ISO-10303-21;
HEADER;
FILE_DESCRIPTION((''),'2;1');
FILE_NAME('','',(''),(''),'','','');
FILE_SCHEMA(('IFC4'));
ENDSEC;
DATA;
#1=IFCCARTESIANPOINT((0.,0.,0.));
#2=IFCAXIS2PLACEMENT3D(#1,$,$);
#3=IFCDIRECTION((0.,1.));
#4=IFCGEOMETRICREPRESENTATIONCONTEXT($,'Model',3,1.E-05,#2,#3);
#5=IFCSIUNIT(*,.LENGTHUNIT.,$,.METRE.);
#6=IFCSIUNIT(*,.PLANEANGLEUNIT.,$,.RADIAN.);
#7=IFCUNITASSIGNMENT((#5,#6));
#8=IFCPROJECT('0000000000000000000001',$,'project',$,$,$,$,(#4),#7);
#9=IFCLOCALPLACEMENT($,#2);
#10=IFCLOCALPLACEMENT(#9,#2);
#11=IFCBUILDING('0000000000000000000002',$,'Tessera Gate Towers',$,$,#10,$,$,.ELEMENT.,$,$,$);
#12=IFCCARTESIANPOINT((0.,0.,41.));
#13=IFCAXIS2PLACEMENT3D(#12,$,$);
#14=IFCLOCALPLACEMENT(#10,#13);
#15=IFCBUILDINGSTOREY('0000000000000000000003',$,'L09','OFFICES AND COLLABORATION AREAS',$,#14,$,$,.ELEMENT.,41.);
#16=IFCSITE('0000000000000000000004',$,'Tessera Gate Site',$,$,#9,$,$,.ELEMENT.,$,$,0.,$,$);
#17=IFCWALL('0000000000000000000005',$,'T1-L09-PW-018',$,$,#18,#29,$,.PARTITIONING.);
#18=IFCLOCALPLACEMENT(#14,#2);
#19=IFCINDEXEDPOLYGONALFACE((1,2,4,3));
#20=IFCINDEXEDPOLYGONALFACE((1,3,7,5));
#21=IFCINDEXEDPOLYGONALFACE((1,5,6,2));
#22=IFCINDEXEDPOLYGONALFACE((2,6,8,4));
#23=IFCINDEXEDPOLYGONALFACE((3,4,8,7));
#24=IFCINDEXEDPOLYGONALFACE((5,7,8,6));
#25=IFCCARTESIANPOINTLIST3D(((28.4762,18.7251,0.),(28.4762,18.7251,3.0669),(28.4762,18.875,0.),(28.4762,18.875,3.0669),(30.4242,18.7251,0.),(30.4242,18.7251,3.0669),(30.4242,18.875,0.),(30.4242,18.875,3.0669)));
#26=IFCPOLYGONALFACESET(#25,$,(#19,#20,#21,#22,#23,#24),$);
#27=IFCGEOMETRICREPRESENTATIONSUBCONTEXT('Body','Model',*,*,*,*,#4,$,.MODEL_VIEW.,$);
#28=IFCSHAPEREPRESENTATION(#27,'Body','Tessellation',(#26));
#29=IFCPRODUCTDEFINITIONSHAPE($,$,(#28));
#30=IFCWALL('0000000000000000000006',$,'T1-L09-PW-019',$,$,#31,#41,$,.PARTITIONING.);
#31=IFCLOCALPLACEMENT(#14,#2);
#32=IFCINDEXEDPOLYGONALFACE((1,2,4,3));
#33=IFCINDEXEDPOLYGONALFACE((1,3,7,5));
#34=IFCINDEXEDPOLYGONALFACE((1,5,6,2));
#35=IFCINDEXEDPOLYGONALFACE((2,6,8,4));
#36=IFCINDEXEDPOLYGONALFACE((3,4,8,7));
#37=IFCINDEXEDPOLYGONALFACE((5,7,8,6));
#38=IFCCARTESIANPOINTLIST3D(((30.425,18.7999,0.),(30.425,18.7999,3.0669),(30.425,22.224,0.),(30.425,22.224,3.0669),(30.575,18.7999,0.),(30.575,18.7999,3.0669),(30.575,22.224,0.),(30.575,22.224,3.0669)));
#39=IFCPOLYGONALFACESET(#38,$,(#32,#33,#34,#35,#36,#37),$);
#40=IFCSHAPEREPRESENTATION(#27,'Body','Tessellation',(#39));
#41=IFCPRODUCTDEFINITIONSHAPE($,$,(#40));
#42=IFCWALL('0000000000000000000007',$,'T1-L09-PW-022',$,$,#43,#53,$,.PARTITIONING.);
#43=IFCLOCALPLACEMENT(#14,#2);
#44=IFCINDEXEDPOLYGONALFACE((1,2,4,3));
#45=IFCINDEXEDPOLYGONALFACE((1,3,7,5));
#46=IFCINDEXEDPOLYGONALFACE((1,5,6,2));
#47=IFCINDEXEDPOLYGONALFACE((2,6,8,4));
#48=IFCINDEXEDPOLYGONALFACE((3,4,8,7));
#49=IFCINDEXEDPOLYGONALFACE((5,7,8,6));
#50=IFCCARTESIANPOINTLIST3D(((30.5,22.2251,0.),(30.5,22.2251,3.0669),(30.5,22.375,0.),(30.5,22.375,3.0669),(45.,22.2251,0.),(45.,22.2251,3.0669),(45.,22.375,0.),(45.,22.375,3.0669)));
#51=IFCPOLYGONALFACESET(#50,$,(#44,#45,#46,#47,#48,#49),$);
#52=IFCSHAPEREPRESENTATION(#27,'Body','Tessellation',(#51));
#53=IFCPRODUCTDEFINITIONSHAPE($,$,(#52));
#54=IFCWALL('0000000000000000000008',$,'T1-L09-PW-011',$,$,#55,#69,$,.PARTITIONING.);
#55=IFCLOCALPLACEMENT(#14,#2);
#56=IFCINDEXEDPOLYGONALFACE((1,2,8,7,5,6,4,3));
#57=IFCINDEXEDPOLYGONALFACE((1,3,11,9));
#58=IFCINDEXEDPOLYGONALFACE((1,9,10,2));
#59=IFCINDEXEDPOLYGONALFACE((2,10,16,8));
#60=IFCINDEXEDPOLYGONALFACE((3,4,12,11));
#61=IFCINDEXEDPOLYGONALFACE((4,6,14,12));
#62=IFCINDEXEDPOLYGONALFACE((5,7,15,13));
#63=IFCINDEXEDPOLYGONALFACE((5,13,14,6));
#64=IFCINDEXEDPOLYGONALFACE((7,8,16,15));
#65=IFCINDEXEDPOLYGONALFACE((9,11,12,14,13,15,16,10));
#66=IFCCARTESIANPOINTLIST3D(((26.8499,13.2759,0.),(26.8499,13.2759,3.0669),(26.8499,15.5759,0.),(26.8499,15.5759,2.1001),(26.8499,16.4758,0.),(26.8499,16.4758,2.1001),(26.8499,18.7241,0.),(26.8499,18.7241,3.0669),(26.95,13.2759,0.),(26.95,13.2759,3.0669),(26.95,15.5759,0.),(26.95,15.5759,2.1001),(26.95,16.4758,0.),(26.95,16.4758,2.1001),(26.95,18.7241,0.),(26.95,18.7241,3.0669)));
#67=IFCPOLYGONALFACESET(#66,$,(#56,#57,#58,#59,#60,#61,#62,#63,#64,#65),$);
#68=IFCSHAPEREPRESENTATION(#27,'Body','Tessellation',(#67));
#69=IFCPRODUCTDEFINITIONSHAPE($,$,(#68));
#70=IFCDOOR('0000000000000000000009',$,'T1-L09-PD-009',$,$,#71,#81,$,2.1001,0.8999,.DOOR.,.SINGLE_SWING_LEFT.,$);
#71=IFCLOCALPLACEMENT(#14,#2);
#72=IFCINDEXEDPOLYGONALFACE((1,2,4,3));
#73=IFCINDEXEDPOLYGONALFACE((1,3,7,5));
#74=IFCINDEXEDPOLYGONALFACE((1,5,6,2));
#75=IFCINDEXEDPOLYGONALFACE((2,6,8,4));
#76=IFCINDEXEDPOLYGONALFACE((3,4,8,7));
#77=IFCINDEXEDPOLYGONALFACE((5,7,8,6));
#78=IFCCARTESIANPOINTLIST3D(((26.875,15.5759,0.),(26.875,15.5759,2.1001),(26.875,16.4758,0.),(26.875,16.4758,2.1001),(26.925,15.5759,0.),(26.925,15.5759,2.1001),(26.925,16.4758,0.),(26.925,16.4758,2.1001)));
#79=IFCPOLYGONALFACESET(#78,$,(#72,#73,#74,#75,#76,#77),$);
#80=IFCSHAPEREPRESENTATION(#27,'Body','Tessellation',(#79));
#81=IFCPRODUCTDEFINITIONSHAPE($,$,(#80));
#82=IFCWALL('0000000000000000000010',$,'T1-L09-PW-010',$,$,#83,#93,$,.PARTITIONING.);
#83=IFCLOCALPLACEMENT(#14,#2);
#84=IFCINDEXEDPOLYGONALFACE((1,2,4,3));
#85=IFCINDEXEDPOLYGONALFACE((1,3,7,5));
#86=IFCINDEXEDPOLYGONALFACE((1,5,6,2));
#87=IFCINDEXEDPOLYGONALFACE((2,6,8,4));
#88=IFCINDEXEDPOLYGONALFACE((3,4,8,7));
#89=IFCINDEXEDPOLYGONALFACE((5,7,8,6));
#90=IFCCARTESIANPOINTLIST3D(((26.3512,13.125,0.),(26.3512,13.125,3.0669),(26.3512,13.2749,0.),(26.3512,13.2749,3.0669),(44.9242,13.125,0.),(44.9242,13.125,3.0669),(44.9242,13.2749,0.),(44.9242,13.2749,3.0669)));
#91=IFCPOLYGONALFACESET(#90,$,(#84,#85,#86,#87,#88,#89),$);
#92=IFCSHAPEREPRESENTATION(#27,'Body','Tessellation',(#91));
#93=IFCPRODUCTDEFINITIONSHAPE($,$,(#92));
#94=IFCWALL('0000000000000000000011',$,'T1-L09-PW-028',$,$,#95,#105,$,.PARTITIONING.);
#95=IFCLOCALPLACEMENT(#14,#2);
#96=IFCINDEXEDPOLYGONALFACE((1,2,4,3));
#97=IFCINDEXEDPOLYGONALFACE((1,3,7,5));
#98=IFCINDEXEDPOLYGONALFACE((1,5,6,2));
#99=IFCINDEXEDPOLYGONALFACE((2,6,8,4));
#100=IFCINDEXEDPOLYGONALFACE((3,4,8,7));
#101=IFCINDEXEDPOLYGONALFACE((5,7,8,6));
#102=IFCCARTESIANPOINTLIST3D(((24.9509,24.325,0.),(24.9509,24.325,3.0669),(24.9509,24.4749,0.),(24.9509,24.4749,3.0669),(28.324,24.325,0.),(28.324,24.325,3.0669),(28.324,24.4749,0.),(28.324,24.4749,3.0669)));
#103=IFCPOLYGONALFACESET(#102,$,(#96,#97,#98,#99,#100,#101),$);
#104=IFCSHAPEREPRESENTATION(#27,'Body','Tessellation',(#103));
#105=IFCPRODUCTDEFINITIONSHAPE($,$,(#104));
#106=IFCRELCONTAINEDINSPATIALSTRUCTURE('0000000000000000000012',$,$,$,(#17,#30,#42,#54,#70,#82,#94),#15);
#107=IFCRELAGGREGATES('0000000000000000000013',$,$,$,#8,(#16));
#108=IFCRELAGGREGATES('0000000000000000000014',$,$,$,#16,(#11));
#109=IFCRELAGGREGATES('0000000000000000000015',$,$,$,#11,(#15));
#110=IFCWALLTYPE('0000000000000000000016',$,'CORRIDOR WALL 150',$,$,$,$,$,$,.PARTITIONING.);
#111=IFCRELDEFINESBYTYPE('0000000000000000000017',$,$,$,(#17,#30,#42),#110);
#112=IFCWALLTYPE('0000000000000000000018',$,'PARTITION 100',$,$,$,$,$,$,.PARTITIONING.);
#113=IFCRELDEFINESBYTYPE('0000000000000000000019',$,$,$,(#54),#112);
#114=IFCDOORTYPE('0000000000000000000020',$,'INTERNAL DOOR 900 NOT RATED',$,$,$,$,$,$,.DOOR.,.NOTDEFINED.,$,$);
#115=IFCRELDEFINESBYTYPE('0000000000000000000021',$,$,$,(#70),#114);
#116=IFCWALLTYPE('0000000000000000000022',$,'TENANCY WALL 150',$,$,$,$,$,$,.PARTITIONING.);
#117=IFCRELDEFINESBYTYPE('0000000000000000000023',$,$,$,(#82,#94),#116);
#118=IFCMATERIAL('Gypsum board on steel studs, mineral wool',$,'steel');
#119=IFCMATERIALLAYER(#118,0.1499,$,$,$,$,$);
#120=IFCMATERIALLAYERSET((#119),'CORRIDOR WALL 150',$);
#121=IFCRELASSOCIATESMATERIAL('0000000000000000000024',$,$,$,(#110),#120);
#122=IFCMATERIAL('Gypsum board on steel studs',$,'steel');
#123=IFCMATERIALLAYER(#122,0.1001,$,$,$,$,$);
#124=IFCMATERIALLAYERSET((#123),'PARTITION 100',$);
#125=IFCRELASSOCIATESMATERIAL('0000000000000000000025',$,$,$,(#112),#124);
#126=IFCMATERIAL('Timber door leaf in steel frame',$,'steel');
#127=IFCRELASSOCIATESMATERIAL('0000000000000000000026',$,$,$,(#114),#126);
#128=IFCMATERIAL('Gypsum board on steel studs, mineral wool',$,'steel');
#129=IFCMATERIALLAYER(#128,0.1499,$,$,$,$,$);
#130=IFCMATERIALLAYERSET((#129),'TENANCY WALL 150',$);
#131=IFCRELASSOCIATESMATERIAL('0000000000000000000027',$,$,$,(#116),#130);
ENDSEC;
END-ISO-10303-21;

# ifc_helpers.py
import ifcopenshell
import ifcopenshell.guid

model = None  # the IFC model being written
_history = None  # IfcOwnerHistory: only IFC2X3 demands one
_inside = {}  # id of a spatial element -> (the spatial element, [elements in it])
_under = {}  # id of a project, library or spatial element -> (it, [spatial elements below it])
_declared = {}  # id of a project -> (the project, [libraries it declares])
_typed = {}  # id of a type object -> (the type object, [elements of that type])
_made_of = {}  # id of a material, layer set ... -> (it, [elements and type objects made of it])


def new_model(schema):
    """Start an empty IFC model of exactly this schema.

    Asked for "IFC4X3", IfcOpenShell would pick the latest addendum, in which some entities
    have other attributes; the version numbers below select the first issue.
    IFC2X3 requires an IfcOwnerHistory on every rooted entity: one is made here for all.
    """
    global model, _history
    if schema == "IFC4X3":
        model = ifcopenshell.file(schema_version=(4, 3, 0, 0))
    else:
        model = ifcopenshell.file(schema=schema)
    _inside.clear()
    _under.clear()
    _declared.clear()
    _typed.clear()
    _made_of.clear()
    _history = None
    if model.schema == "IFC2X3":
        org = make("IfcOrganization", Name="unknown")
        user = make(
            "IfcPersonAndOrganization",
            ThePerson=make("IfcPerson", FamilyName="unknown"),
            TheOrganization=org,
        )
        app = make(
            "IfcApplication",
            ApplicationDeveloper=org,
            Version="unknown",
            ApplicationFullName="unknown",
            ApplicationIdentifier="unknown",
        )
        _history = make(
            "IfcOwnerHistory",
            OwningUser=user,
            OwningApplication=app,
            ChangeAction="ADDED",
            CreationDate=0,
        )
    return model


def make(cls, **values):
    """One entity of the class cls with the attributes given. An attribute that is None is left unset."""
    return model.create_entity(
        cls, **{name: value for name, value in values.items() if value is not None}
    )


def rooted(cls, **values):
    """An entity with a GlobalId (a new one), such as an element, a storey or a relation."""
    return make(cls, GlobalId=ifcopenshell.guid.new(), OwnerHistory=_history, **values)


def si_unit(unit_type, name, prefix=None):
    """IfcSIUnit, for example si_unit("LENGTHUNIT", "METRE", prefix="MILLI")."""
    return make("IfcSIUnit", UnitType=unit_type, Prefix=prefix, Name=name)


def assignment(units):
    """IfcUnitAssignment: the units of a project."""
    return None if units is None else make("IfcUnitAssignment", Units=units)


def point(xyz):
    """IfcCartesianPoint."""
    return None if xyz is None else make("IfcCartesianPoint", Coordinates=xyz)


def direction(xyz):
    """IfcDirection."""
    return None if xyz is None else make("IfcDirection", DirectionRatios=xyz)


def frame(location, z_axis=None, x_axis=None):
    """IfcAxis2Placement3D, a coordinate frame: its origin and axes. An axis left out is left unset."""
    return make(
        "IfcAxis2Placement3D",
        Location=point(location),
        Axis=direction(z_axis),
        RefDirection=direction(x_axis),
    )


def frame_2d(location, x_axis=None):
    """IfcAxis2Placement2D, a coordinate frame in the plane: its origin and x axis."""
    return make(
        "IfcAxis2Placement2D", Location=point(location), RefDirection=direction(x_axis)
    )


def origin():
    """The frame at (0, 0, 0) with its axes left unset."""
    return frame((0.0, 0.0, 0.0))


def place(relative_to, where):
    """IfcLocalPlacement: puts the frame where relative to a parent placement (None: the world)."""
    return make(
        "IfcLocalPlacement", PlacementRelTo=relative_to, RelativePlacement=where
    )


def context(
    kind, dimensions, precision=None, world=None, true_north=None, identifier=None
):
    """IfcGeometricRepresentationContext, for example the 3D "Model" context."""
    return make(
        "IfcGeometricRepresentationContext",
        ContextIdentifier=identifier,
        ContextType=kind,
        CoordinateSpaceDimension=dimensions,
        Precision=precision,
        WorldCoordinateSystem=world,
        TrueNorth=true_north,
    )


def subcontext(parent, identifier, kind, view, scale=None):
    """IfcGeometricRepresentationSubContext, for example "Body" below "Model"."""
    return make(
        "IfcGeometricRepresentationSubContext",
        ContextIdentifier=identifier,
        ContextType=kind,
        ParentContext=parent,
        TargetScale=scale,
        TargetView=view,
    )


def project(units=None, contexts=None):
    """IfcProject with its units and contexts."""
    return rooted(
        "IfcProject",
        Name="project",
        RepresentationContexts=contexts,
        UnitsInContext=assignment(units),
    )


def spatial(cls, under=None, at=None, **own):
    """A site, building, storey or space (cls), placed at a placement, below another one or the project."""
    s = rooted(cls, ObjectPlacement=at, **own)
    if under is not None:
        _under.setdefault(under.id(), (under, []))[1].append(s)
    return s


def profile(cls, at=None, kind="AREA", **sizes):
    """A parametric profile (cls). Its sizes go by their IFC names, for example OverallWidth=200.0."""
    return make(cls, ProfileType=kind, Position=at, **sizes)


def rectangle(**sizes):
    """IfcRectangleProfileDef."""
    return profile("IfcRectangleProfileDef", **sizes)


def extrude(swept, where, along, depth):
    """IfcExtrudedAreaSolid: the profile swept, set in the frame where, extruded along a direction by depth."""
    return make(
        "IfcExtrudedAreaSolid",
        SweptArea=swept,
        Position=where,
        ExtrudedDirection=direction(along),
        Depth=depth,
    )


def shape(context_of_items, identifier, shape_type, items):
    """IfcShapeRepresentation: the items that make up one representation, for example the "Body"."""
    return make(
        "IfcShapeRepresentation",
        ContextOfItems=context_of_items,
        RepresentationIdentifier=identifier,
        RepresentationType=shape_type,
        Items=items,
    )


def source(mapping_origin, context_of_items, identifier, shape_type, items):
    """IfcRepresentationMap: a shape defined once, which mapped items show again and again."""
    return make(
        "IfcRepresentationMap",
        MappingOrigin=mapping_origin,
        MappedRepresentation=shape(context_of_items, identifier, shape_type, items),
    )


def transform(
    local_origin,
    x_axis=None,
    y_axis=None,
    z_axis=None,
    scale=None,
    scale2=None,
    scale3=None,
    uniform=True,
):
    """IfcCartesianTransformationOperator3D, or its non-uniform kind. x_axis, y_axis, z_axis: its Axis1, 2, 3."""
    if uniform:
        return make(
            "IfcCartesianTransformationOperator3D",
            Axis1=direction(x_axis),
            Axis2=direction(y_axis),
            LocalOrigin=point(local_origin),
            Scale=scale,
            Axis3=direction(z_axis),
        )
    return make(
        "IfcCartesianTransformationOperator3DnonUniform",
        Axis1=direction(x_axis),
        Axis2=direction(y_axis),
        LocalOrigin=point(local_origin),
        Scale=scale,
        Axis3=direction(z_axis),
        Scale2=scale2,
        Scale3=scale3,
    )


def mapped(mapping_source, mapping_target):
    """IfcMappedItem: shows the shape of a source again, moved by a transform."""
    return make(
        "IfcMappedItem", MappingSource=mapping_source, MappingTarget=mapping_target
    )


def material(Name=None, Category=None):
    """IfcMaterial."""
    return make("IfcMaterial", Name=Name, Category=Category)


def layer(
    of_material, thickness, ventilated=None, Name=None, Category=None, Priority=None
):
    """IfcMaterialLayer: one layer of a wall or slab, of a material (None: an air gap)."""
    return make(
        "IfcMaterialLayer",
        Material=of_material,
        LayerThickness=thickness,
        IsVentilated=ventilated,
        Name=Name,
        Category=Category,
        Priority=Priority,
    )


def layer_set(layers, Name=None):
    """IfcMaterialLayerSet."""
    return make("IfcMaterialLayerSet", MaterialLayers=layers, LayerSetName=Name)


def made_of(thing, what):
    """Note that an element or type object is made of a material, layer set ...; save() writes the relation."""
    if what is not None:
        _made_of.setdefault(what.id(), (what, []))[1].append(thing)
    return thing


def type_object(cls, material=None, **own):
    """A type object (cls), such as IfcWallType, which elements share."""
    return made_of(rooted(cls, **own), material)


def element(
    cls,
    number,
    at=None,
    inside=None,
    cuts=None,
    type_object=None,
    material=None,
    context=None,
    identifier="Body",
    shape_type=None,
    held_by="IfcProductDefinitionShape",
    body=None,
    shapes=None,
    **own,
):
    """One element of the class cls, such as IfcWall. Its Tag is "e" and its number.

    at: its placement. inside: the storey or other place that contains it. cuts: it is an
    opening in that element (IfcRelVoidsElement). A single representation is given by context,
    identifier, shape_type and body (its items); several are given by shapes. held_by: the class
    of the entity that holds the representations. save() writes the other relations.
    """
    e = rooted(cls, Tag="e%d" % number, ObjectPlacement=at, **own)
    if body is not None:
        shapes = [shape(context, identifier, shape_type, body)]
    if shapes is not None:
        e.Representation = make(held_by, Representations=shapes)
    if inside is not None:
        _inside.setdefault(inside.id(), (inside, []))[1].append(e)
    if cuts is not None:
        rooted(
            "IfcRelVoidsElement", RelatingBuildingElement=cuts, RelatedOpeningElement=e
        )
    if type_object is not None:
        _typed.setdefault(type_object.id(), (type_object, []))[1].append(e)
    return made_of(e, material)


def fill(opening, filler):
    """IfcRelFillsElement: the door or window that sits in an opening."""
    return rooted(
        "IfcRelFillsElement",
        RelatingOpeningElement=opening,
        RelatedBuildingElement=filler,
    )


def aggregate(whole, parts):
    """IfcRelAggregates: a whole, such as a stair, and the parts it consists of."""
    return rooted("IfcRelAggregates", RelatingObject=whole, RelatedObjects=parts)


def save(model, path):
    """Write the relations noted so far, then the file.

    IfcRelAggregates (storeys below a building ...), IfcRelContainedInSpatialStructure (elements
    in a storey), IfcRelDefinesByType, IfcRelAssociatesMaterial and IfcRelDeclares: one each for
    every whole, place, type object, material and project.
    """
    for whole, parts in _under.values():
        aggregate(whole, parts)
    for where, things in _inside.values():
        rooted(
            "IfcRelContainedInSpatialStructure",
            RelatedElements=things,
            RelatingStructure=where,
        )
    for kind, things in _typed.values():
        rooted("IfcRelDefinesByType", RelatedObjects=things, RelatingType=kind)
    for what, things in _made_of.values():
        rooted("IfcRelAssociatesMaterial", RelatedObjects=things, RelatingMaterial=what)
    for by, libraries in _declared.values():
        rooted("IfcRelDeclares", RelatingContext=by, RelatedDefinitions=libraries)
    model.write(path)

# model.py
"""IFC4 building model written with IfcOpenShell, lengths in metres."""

from ifc_helpers import new_model, si_unit, direction, frame, frame_2d, origin, place, context, subcontext, project, spatial, rectangle, extrude, source, transform, mapped, material, layer, layer_set, type_object, element, fill, save


model = new_model("IFC4")

# Units and contexts
model_context = context("Model", 3, precision=1e-05, world=origin(), true_north=direction((0.0, 1.0)))
body_context = subcontext(model_context, "Body", "Model", "MODEL_VIEW")
ifc_project = project(units=[si_unit("LENGTHUNIT", "METRE"), si_unit("PLANEANGLEUNIT", "RADIAN")], contexts=[model_context])

# Site, building, storey
site_placement = place(None, origin())
site = spatial("IfcSite", under=ifc_project, at=site_placement, Name="Tessera Gate Site", CompositionType="ELEMENT", RefElevation=0.0)
building_placement = place(site_placement, origin())
building = spatial("IfcBuilding", under=site, at=building_placement, Name="Tessera Gate Towers", CompositionType="ELEMENT")
storey_placement = place(building_placement, frame((0.0, 0.0, 41.0)))
storey = spatial("IfcBuildingStorey", under=building, at=storey_placement, Name="L09", Description="OFFICES AND COLLABORATION AREAS", CompositionType="ELEMENT", Elevation=41.0)

# Shared definitions
ifc_material_1 = material(Name="Gypsum board on steel studs, mineral wool", Category="steel")
ifc_layer_1 = layer(ifc_material_1, 0.1499)
ifc_layer_set_1 = layer_set([ifc_layer_1], Name="CORRIDOR WALL 150")
wall_type_1 = type_object("IfcWallType", Name="CORRIDOR WALL 150", PredefinedType="PARTITIONING", material=ifc_layer_set_1)
shared_shape_1 = source(origin(), body_context, "Body", "SweptSolid", [
    extrude(rectangle(XDim=0.8999, YDim=2.1001, at=frame_2d((0.45, 1.05))), frame((0.0, 0.0249, 0.0), z_axis=(0.0, -1.0, 0.0), x_axis=(1.0, 0.0, 0.0)), (0.0, 0.0, 1.0), 0.05),
])

# Walls
wall_1_placement = place(storey_placement, frame((28.4761, 18.8, 0.0), z_axis=(0.0, 0.0, 1.0), x_axis=(1.0, 0.0, 0.0)))
element("IfcWall", 1, at=wall_1_placement, inside=storey, type_object=wall_type_1, Name="T1-L09-PW-018", PredefinedType="PARTITIONING", context=body_context, shape_type="SweptSolid", body=[
    extrude(rectangle(XDim=1.948, YDim=0.1499, at=frame_2d((0.9741, 0.0))), origin(), (0.0, 0.0, 1.0), 3.0669),
])
wall_2_placement = place(storey_placement, frame((30.5, 18.8, 0.0), z_axis=(0.0, 0.0, 1.0), x_axis=(0.0, 1.0, 0.0)))
element("IfcWall", 2, at=wall_2_placement, inside=storey, type_object=wall_type_1, Name="T1-L09-PW-019", PredefinedType="PARTITIONING", context=body_context, shape_type="SweptSolid", body=[
    extrude(rectangle(XDim=3.4241, YDim=0.1499, at=frame_2d((1.7119, 0.0))), origin(), (0.0, 0.0, 1.0), 3.0669),
])
wall_3_placement = place(storey_placement, frame((30.5, 22.3, 0.0), z_axis=(0.0, 0.0, 1.0), x_axis=(1.0, 0.0, 0.0)))
element("IfcWall", 3, at=wall_3_placement, inside=storey, type_object=wall_type_1, Name="T1-L09-PW-022", PredefinedType="PARTITIONING", context=body_context, shape_type="SweptSolid", body=[
    extrude(rectangle(XDim=14.5, YDim=0.1499, at=frame_2d((7.25, 0.0))), origin(), (0.0, 0.0, 1.0), 3.0669),
])

# Wall, opening, door
ifc_material_2 = material(Name="Gypsum board on steel studs", Category="steel")
ifc_layer_2 = layer(ifc_material_2, 0.1001)
ifc_layer_set_2 = layer_set([ifc_layer_2], Name="PARTITION 100")
wall_type_2 = type_object("IfcWallType", Name="PARTITION 100", PredefinedType="PARTITIONING", material=ifc_layer_set_2)
wall_4_placement = place(storey_placement, frame((26.8999, 13.2759, 0.0), z_axis=(0.0, 0.0, 1.0), x_axis=(0.0, 1.0, 0.0)))
wall_4 = element("IfcWall", 4, at=wall_4_placement, inside=storey, type_object=wall_type_2, Name="T1-L09-PW-011", PredefinedType="PARTITIONING", context=body_context, shape_type="SweptSolid", body=[
    extrude(rectangle(XDim=5.4482, YDim=0.1001, at=frame_2d((2.7241, 0.0))), origin(), (0.0, 0.0, 1.0), 3.0669),
])
shared_shape_2 = source(origin(), body_context, "Body", "SweptSolid", [
    extrude(rectangle(XDim=0.8999, YDim=2.1001, at=frame_2d((0.45, 1.05))), frame((0.0, 0.0601, 0.0), z_axis=(0.0, -1.0, 0.0), x_axis=(1.0, 0.0, 0.0)), (0.0, 0.0, 1.0), 0.1201),
])
opening_1_placement = place(wall_4_placement, frame((2.3, 0.0, 0.0)))
opening_1 = element("IfcOpeningElement", 5, at=opening_1_placement, cuts=wall_4, PredefinedType="OPENING", context=body_context, shape_type="MappedRepresentation", body=[
    mapped(shared_shape_2, transform((0.0, 0.0, 0.0), scale=1.0)),
])
ifc_material_3 = material(Name="Timber door leaf in steel frame", Category="steel")
door_type_1 = type_object("IfcDoorType", Name="INTERNAL DOOR 900 NOT RATED", OperationType="NOTDEFINED", PredefinedType="DOOR", material=ifc_material_3)
door_1_placement = place(opening_1_placement, origin())
door_1 = element("IfcDoor", 6, at=door_1_placement, inside=storey, type_object=door_type_1, Name="T1-L09-PD-009", OperationType="SINGLE_SWING_LEFT", OverallHeight=2.1001, OverallWidth=0.8999, PredefinedType="DOOR", context=body_context, shape_type="MappedRepresentation", body=[
    mapped(shared_shape_1, transform((0.0, 0.0, 0.0), scale=1.0)),
])
fill(opening_1, door_1)

# Walls
ifc_material_4 = material(Name="Gypsum board on steel studs, mineral wool", Category="steel")
ifc_layer_3 = layer(ifc_material_4, 0.1499)
ifc_layer_set_3 = layer_set([ifc_layer_3], Name="TENANCY WALL 150")
wall_type_3 = type_object("IfcWallType", Name="TENANCY WALL 150", PredefinedType="PARTITIONING", material=ifc_layer_set_3)
wall_5_placement = place(storey_placement, frame((26.3511, 13.2, 0.0), z_axis=(0.0, 0.0, 1.0), x_axis=(1.0, 0.0, 0.0)))
element("IfcWall", 7, at=wall_5_placement, inside=storey, type_object=wall_type_3, Name="T1-L09-PW-010", PredefinedType="PARTITIONING", context=body_context, shape_type="SweptSolid", body=[
    extrude(rectangle(XDim=18.573, YDim=0.1499, at=frame_2d((9.2866, 0.0))), origin(), (0.0, 0.0, 1.0), 3.0669),
])
wall_6_placement = place(storey_placement, frame((24.9509, 24.3999, 0.0), z_axis=(0.0, 0.0, 1.0), x_axis=(1.0, 0.0, 0.0)))
element("IfcWall", 8, at=wall_6_placement, inside=storey, type_object=wall_type_3, Name="T1-L09-PW-028", PredefinedType="PARTITIONING", context=body_context, shape_type="SweptSolid", body=[
    extrude(rectangle(XDim=3.373, YDim=0.1499, at=frame_2d((1.6865, 0.0))), origin(), (0.0, 0.0, 1.0), 3.0669),
])

save(model, "model.ifc")
